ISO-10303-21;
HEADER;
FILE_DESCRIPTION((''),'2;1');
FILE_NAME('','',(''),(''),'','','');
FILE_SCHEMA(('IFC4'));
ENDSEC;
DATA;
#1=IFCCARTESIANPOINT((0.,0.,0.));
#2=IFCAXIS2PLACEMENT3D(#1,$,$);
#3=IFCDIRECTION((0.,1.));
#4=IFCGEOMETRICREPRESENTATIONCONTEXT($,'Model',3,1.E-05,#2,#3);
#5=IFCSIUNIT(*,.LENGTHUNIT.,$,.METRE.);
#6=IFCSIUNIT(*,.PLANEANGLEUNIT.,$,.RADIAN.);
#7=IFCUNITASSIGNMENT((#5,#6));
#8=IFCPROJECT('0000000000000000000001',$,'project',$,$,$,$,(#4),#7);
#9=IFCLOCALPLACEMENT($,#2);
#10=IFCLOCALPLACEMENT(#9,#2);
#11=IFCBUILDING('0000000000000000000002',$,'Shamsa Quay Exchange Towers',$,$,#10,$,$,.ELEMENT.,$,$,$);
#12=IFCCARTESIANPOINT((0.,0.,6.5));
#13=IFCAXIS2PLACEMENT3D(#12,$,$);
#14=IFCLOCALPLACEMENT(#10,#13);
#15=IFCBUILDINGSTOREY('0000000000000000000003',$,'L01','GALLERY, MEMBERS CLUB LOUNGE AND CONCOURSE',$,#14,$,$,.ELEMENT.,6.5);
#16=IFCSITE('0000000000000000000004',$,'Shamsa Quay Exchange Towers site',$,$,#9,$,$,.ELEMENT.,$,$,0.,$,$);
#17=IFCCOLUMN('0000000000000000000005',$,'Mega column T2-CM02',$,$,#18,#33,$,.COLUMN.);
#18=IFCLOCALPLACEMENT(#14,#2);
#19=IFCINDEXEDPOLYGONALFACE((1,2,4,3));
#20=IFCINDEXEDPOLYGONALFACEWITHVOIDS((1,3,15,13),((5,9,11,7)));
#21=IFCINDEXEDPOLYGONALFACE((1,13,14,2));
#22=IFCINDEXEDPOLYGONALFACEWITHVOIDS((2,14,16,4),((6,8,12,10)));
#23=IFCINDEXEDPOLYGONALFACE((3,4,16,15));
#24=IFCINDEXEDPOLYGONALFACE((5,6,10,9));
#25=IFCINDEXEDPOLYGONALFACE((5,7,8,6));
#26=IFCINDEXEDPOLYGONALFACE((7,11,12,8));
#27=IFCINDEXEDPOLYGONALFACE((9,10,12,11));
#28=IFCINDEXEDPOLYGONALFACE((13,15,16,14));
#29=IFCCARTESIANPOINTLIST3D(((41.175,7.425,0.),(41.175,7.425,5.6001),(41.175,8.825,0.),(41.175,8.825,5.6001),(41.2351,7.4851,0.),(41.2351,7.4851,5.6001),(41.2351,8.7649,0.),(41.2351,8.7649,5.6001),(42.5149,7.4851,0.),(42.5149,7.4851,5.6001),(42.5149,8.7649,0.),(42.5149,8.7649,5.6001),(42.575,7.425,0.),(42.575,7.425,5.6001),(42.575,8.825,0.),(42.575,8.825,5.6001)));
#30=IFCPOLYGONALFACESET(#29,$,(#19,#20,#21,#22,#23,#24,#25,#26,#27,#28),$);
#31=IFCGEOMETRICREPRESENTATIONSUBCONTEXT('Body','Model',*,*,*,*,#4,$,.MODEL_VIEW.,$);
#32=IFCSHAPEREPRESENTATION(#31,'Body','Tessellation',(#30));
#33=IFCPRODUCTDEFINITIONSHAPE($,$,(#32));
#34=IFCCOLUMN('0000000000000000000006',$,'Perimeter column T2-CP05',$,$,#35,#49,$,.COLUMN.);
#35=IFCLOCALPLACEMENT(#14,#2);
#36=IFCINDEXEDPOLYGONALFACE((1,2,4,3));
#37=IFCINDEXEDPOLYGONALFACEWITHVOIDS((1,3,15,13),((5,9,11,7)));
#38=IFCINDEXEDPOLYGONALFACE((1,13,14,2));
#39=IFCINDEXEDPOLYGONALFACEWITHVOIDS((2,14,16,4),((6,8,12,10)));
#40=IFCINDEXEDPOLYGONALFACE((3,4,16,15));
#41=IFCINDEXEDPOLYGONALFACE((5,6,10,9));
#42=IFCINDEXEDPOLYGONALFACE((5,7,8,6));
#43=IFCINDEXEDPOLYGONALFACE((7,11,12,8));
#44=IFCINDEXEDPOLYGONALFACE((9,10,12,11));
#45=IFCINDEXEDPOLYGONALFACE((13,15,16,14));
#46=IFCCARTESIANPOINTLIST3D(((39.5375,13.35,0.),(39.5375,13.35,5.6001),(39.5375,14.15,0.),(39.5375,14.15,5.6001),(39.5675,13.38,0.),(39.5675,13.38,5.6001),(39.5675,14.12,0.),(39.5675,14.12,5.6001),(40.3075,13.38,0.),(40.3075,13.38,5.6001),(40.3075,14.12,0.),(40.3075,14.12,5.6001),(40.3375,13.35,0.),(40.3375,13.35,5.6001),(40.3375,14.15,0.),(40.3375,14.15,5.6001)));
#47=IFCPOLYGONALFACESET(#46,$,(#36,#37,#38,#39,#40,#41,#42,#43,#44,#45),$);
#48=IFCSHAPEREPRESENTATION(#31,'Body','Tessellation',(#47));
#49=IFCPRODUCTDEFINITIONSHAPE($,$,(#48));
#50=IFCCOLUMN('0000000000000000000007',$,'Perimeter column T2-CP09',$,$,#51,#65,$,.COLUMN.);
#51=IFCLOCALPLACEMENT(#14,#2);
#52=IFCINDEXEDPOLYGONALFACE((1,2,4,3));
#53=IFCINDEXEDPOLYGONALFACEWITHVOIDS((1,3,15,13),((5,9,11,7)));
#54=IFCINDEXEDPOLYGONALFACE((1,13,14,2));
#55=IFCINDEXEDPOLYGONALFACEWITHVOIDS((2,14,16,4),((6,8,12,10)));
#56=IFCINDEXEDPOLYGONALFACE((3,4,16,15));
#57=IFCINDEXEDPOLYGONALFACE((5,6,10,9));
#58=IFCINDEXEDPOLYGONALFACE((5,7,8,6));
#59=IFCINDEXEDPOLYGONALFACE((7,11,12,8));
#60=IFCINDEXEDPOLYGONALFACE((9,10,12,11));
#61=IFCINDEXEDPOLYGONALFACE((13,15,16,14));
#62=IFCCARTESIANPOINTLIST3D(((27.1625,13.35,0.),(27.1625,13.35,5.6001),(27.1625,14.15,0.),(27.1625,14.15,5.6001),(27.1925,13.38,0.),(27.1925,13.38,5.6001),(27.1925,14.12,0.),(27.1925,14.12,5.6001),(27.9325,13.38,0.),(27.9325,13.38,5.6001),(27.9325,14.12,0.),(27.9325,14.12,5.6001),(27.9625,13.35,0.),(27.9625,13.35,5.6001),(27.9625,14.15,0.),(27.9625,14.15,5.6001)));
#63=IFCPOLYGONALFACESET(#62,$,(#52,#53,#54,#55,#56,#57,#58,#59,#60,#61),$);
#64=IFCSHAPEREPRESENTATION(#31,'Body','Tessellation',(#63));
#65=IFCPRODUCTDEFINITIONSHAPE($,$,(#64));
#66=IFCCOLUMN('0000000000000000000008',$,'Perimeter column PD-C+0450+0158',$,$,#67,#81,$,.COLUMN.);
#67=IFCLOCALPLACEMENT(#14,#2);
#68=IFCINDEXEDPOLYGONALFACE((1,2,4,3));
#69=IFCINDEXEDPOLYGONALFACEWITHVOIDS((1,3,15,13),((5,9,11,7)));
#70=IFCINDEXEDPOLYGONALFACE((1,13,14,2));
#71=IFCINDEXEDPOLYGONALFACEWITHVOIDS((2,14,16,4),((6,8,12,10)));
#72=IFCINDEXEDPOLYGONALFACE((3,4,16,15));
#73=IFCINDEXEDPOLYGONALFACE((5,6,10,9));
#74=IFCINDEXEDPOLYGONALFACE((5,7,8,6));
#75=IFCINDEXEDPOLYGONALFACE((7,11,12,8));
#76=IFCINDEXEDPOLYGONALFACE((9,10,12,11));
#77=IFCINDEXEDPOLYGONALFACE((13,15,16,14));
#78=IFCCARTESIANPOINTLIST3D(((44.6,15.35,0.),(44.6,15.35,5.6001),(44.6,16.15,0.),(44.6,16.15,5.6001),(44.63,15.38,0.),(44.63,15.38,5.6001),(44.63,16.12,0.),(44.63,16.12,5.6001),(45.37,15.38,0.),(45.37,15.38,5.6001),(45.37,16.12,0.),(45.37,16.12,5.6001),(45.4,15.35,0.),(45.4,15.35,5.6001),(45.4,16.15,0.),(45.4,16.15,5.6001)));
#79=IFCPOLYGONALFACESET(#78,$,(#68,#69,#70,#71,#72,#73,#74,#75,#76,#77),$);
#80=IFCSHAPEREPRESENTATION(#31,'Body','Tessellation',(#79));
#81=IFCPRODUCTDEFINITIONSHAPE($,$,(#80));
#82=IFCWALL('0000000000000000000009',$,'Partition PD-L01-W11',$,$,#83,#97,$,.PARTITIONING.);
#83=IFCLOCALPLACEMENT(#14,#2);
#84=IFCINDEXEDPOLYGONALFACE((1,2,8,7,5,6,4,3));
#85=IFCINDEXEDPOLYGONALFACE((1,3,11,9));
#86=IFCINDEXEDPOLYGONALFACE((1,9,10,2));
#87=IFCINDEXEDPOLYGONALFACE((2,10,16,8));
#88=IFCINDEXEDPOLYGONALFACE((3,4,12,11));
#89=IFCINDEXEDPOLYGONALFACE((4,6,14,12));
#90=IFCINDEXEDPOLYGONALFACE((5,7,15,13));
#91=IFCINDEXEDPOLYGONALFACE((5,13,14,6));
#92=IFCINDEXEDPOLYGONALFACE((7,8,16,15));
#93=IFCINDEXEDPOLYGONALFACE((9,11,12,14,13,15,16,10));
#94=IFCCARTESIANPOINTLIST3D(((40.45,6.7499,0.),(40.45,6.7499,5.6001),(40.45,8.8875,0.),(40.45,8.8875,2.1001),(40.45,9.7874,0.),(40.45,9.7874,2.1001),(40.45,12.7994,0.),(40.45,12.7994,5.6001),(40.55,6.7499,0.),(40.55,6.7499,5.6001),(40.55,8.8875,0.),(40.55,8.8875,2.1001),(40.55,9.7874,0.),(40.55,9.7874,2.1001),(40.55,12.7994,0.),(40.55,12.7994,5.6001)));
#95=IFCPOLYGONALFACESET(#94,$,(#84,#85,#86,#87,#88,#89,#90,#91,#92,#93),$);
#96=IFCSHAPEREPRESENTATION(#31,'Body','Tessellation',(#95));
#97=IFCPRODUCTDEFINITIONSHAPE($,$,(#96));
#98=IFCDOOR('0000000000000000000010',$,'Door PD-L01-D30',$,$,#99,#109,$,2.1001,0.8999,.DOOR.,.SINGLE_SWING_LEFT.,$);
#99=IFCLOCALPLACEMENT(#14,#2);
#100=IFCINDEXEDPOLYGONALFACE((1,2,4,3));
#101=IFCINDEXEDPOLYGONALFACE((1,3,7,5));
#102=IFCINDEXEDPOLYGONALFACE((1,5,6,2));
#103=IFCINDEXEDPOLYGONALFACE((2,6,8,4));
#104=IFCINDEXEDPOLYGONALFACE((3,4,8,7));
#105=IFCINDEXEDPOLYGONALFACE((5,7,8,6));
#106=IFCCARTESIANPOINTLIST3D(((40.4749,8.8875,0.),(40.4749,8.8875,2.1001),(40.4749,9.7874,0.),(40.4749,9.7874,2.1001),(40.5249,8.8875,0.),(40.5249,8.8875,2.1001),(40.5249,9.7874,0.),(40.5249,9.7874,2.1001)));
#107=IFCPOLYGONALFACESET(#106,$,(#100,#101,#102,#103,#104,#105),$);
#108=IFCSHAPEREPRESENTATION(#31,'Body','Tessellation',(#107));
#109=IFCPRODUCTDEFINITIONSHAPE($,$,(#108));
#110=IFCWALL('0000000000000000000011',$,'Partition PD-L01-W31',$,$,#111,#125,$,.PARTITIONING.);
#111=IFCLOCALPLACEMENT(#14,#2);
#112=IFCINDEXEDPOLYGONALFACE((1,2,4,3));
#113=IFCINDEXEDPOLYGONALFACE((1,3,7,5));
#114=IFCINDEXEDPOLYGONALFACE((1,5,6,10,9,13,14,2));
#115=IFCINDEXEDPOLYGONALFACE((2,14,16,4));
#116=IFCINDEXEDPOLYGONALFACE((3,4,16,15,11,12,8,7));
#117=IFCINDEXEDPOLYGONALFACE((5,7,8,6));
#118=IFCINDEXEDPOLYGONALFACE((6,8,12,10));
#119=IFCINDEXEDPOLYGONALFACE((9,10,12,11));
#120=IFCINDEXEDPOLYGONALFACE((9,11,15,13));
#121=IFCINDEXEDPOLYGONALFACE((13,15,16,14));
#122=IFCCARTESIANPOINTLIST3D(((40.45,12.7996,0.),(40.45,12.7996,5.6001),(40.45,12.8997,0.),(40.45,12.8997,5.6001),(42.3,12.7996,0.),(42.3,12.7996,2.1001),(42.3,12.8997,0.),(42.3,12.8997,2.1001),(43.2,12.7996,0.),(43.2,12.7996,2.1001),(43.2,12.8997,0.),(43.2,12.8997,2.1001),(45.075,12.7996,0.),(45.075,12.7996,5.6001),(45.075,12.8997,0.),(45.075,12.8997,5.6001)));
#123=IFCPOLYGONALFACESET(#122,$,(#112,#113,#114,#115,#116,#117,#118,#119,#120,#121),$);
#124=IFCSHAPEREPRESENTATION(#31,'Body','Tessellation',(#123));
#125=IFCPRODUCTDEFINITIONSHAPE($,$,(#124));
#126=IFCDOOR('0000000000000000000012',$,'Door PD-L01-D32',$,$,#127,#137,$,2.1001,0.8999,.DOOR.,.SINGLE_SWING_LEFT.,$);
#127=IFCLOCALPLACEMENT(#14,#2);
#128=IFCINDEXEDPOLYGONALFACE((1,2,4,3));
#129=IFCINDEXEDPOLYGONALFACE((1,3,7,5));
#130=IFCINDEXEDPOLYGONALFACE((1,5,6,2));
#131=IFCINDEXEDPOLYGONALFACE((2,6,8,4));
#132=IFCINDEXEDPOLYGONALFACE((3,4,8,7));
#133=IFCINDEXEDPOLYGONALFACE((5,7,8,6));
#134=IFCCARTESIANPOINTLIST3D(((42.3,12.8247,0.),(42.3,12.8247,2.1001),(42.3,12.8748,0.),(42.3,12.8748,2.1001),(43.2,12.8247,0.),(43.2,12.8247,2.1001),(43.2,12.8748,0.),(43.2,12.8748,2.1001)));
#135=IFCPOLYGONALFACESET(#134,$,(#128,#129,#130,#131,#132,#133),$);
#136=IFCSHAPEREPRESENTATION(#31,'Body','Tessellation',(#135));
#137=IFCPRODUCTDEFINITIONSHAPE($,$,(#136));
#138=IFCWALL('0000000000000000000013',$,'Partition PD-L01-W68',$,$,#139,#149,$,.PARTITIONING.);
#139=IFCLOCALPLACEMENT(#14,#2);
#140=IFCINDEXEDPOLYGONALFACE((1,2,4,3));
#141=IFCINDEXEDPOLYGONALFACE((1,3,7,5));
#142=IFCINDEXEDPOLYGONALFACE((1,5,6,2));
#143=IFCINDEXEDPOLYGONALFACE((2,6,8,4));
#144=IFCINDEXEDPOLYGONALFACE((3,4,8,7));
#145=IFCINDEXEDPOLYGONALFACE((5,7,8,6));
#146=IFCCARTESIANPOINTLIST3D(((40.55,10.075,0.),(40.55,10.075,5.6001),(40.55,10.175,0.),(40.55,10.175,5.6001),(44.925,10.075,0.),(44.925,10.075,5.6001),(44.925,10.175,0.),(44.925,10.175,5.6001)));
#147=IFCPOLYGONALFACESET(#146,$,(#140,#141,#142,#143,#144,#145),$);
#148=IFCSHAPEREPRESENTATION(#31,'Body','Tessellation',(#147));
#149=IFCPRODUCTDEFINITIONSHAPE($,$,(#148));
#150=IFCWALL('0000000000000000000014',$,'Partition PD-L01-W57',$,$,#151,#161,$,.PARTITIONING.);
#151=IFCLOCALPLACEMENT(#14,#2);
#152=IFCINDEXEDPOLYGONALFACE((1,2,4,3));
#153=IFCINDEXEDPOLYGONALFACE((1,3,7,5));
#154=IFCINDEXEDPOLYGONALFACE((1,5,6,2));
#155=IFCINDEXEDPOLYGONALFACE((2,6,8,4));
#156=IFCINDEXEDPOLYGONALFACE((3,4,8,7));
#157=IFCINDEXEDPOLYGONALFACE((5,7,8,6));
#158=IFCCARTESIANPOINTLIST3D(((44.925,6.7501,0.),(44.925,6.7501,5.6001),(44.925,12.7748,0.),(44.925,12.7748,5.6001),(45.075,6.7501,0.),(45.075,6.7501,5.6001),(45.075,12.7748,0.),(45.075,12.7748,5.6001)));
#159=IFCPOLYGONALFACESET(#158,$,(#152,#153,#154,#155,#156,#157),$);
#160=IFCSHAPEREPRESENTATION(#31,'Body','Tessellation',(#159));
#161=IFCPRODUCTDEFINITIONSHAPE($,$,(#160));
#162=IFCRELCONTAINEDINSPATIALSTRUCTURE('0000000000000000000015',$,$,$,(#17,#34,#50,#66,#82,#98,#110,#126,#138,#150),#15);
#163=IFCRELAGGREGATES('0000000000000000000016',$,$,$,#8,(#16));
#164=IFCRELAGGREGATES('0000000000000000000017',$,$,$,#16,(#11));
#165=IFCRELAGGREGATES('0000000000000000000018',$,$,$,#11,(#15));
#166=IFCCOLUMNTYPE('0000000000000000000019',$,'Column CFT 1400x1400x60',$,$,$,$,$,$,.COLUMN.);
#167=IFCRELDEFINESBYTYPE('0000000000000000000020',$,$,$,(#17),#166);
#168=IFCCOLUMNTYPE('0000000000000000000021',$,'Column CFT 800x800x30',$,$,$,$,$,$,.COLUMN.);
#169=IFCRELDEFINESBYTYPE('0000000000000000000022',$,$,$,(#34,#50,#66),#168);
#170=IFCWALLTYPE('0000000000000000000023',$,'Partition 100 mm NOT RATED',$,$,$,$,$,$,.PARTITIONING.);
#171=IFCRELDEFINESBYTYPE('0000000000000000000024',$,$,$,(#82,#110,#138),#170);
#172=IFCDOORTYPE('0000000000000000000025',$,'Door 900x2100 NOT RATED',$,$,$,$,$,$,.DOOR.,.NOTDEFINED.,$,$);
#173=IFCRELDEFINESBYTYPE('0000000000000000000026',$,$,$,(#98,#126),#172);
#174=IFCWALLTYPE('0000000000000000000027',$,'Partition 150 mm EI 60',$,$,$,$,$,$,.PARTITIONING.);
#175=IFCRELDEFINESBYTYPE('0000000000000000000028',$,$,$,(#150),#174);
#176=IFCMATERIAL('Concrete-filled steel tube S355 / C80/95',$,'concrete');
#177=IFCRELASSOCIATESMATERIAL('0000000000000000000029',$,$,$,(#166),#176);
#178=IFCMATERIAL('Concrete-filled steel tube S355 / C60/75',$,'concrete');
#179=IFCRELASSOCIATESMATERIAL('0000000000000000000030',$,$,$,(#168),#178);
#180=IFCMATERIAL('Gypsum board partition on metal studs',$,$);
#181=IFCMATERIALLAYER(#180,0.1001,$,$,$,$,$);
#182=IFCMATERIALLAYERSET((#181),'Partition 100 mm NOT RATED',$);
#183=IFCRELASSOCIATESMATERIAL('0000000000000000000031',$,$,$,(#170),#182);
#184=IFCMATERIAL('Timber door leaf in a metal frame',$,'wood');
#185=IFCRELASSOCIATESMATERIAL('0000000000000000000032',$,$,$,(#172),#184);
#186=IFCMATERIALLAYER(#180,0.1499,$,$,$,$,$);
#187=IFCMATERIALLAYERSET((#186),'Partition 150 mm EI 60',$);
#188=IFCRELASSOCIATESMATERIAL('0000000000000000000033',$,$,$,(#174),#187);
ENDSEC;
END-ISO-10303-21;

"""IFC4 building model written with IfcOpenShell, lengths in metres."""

from ifc_helpers import new_model, si_unit, direction, frame, frame_2d, origin, origin_2d, place, context, subcontext, project, spatial, rectangle, hollow_rectangle, extrude, material, layer, layer_set, material_profile, profile_set, type_object, element, fill, save


model = new_model("IFC4")

# Units and contexts
model_context = context("Model", 3, precision=1e-05, world=origin(), true_north=direction((0.0, 1.0)))
body_context = subcontext(model_context, "Body", "Model", "MODEL_VIEW")
ifc_project = project(units=[si_unit("LENGTHUNIT", "METRE"), si_unit("PLANEANGLEUNIT", "RADIAN")], contexts=[model_context])

# Site, building, storey
site_placement = place(None, origin())
site = spatial("IfcSite", under=ifc_project, at=site_placement, Name="Shamsa Quay Exchange Towers site", CompositionType="ELEMENT", RefElevation=0.0)
building_placement = place(site_placement, origin())
building = spatial("IfcBuilding", under=site, at=building_placement, Name="Shamsa Quay Exchange Towers", CompositionType="ELEMENT")
storey_placement = place(building_placement, frame((0.0, 0.0, 6.5)))
storey = spatial("IfcBuildingStorey", under=building, at=storey_placement, Name="L01", Description="GALLERY, MEMBERS CLUB LOUNGE AND CONCOURSE", CompositionType="ELEMENT", Elevation=6.5)

# Columns
ifc_material_1 = material(Name="Concrete-filled steel tube S355 / C80/95", Category="concrete")
ifc_material_profile_1 = material_profile(ifc_material_1, hollow_rectangle(XDim=1.3999, YDim=1.3999, WallThickness=0.0601, at=origin_2d()), Name="CFT 1400x1400x60")
ifc_profile_set_1 = profile_set([ifc_material_profile_1], Name="Concrete-filled steel tube S355 / C80/95")
column_type_1 = type_object("IfcColumnType", Name="Column CFT 1400x1400x60", PredefinedType="COLUMN", material=ifc_profile_set_1)
column_placement = place(storey_placement, frame((41.875, 8.125, 0.0)))
element("IfcColumn", 1, at=column_placement, inside=storey, type_object=column_type_1, Name="Mega column T2-CM02", PredefinedType="COLUMN", context=body_context, shape_type="SweptSolid", body=[
    extrude(hollow_rectangle(XDim=1.3999, YDim=1.3999, WallThickness=0.0601, at=origin_2d()), origin(), (0.0, 0.0, 1.0), 5.6001),
])
ifc_material_2 = material(Name="Concrete-filled steel tube S355 / C60/75", Category="concrete")
ifc_material_profile_2 = material_profile(ifc_material_2, hollow_rectangle(XDim=0.8, YDim=0.8, WallThickness=0.03, at=origin_2d()), Name="CFT 800x800x30")
ifc_profile_set_2 = profile_set([ifc_material_profile_2], Name="Concrete-filled steel tube S355 / C60/75")
column_type_2 = type_object("IfcColumnType", Name="Column CFT 800x800x30", PredefinedType="COLUMN", material=ifc_profile_set_2)
for number, where, name in (
    (2, (39.9375, 13.75, 0.0), "Perimeter column T2-CP05"),
    (3, (27.5625, 13.75, 0.0), "Perimeter column T2-CP09"),
    (4, (45.0, 15.75, 0.0), "Perimeter column PD-C+0450+0158"),
):
    element("IfcColumn", number, at=place(storey_placement, frame(where)), inside=storey, type_object=column_type_2, Name=name, PredefinedType="COLUMN", context=body_context, shape_type="SweptSolid", body=[
        extrude(hollow_rectangle(XDim=0.8, YDim=0.8, WallThickness=0.03, at=origin_2d()), origin(), (0.0, 0.0, 1.0), 5.6001),
    ])

# Walls, openings, doors
ifc_material_3 = material(Name="Gypsum board partition on metal studs")
ifc_layer_1 = layer(ifc_material_3, 0.1001)
ifc_layer_set_1 = layer_set([ifc_layer_1], Name="Partition 100 mm NOT RATED")
wall_type_1 = type_object("IfcWallType", Name="Partition 100 mm NOT RATED", PredefinedType="PARTITIONING", material=ifc_layer_set_1)
wall_1_placement = place(storey_placement, frame((40.5, 12.7996, 0.0), z_axis=(0.0, 0.0, 1.0), x_axis=(0.0, -1.0, 0.0)))
wall_1 = element("IfcWall", 5, at=wall_1_placement, inside=storey, type_object=wall_type_1, Name="Partition PD-L01-W11", PredefinedType="PARTITIONING", context=body_context, shape_type="SweptSolid", body=[
    extrude(rectangle(XDim=6.0496, YDim=0.1001, at=frame_2d((3.0249, 0.0))), origin(), (0.0, 0.0, 1.0), 5.6001),
])
opening_1_placement = place(wall_1_placement, frame((3.0122, 0.0, 0.0)))
opening_1 = element("IfcOpeningElement", 6, at=opening_1_placement, cuts=wall_1, PredefinedType="OPENING", context=body_context, shape_type="SweptSolid", body=[
    extrude(rectangle(XDim=0.8999, YDim=2.1001, at=frame_2d((0.45, 1.05))), frame((0.0, 0.0601, 0.0), z_axis=(0.0, -1.0, 0.0), x_axis=(1.0, 0.0, 0.0)), (0.0, 0.0, 1.0), 0.1201),
])
ifc_material_4 = material(Name="Timber door leaf in a metal frame", Category="wood")
door_type_1 = type_object("IfcDoorType", Name="Door 900x2100 NOT RATED", OperationType="NOTDEFINED", PredefinedType="DOOR", material=ifc_material_4)
door_1_placement = place(opening_1_placement, origin())
door_1 = element("IfcDoor", 7, at=door_1_placement, inside=storey, type_object=door_type_1, Name="Door PD-L01-D30", OperationType="SINGLE_SWING_LEFT", OverallHeight=2.1001, OverallWidth=0.8999, PredefinedType="DOOR", context=body_context, shape_type="SweptSolid", body=[
    extrude(rectangle(XDim=0.8999, YDim=2.1001, at=frame_2d((0.45, 1.05))), frame((0.0, 0.0249, 0.0), z_axis=(0.0, -1.0, 0.0), x_axis=(1.0, 0.0, 0.0)), (0.0, 0.0, 1.0), 0.05),
])
fill(opening_1, door_1)
wall_2_placement = place(storey_placement, frame((45.075, 12.8496, 0.0), z_axis=(0.0, 0.0, 1.0), x_axis=(-1.0, 0.0, 0.0)))
wall_2 = element("IfcWall", 8, at=wall_2_placement, inside=storey, type_object=wall_type_1, Name="Partition PD-L01-W31", PredefinedType="PARTITIONING", context=body_context, shape_type="SweptSolid", body=[
    extrude(rectangle(XDim=4.625, YDim=0.1001, at=frame_2d((2.3125, 0.0))), origin(), (0.0, 0.0, 1.0), 5.6001),
])
opening_2_placement = place(wall_2_placement, frame((1.875, 0.0, 0.0)))
opening_2 = element("IfcOpeningElement", 9, at=opening_2_placement, cuts=wall_2, PredefinedType="OPENING", context=body_context, shape_type="SweptSolid", body=[
    extrude(rectangle(XDim=0.8999, YDim=2.1001, at=frame_2d((0.45, 1.05))), frame((0.0, 0.0601, 0.0), z_axis=(0.0, -1.0, 0.0), x_axis=(1.0, 0.0, 0.0)), (0.0, 0.0, 1.0), 0.1201),
])
door_2_placement = place(opening_2_placement, origin())
door_2 = element("IfcDoor", 10, at=door_2_placement, inside=storey, type_object=door_type_1, Name="Door PD-L01-D32", OperationType="SINGLE_SWING_LEFT", OverallHeight=2.1001, OverallWidth=0.8999, PredefinedType="DOOR", context=body_context, shape_type="SweptSolid", body=[
    extrude(rectangle(XDim=0.8999, YDim=2.1001, at=frame_2d((0.45, 1.05))), frame((0.0, 0.0249, 0.0), z_axis=(0.0, -1.0, 0.0), x_axis=(1.0, 0.0, 0.0)), (0.0, 0.0, 1.0), 0.05),
])
fill(opening_2, door_2)

# Walls
wall_3_placement = place(storey_placement, frame((44.925, 10.125, 0.0), z_axis=(0.0, 0.0, 1.0), x_axis=(-1.0, 0.0, 0.0)))
element("IfcWall", 11, at=wall_3_placement, inside=storey, type_object=wall_type_1, Name="Partition PD-L01-W68", PredefinedType="PARTITIONING", context=body_context, shape_type="SweptSolid", body=[
    extrude(rectangle(XDim=4.375, YDim=0.1001, at=frame_2d((2.1875, 0.0))), origin(), (0.0, 0.0, 1.0), 5.6001),
])
ifc_layer_2 = layer(ifc_material_3, 0.1499)
ifc_layer_set_2 = layer_set([ifc_layer_2], Name="Partition 150 mm EI 60")
wall_type_2 = type_object("IfcWallType", Name="Partition 150 mm EI 60", PredefinedType="PARTITIONING", material=ifc_layer_set_2)
wall_4_placement = place(storey_placement, frame((45.0, 12.7747, 0.0), z_axis=(0.0, 0.0, 1.0), x_axis=(0.0, -1.0, 0.0)))
element("IfcWall", 12, at=wall_4_placement, inside=storey, type_object=wall_type_2, Name="Partition PD-L01-W57", PredefinedType="PARTITIONING", context=body_context, shape_type="SweptSolid", body=[
    extrude(rectangle(XDim=6.0247, YDim=0.1499, at=frame_2d((3.0122, 0.0))), origin(), (0.0, 0.0, 1.0), 5.6001),
])

save(model, "model.ifc")
